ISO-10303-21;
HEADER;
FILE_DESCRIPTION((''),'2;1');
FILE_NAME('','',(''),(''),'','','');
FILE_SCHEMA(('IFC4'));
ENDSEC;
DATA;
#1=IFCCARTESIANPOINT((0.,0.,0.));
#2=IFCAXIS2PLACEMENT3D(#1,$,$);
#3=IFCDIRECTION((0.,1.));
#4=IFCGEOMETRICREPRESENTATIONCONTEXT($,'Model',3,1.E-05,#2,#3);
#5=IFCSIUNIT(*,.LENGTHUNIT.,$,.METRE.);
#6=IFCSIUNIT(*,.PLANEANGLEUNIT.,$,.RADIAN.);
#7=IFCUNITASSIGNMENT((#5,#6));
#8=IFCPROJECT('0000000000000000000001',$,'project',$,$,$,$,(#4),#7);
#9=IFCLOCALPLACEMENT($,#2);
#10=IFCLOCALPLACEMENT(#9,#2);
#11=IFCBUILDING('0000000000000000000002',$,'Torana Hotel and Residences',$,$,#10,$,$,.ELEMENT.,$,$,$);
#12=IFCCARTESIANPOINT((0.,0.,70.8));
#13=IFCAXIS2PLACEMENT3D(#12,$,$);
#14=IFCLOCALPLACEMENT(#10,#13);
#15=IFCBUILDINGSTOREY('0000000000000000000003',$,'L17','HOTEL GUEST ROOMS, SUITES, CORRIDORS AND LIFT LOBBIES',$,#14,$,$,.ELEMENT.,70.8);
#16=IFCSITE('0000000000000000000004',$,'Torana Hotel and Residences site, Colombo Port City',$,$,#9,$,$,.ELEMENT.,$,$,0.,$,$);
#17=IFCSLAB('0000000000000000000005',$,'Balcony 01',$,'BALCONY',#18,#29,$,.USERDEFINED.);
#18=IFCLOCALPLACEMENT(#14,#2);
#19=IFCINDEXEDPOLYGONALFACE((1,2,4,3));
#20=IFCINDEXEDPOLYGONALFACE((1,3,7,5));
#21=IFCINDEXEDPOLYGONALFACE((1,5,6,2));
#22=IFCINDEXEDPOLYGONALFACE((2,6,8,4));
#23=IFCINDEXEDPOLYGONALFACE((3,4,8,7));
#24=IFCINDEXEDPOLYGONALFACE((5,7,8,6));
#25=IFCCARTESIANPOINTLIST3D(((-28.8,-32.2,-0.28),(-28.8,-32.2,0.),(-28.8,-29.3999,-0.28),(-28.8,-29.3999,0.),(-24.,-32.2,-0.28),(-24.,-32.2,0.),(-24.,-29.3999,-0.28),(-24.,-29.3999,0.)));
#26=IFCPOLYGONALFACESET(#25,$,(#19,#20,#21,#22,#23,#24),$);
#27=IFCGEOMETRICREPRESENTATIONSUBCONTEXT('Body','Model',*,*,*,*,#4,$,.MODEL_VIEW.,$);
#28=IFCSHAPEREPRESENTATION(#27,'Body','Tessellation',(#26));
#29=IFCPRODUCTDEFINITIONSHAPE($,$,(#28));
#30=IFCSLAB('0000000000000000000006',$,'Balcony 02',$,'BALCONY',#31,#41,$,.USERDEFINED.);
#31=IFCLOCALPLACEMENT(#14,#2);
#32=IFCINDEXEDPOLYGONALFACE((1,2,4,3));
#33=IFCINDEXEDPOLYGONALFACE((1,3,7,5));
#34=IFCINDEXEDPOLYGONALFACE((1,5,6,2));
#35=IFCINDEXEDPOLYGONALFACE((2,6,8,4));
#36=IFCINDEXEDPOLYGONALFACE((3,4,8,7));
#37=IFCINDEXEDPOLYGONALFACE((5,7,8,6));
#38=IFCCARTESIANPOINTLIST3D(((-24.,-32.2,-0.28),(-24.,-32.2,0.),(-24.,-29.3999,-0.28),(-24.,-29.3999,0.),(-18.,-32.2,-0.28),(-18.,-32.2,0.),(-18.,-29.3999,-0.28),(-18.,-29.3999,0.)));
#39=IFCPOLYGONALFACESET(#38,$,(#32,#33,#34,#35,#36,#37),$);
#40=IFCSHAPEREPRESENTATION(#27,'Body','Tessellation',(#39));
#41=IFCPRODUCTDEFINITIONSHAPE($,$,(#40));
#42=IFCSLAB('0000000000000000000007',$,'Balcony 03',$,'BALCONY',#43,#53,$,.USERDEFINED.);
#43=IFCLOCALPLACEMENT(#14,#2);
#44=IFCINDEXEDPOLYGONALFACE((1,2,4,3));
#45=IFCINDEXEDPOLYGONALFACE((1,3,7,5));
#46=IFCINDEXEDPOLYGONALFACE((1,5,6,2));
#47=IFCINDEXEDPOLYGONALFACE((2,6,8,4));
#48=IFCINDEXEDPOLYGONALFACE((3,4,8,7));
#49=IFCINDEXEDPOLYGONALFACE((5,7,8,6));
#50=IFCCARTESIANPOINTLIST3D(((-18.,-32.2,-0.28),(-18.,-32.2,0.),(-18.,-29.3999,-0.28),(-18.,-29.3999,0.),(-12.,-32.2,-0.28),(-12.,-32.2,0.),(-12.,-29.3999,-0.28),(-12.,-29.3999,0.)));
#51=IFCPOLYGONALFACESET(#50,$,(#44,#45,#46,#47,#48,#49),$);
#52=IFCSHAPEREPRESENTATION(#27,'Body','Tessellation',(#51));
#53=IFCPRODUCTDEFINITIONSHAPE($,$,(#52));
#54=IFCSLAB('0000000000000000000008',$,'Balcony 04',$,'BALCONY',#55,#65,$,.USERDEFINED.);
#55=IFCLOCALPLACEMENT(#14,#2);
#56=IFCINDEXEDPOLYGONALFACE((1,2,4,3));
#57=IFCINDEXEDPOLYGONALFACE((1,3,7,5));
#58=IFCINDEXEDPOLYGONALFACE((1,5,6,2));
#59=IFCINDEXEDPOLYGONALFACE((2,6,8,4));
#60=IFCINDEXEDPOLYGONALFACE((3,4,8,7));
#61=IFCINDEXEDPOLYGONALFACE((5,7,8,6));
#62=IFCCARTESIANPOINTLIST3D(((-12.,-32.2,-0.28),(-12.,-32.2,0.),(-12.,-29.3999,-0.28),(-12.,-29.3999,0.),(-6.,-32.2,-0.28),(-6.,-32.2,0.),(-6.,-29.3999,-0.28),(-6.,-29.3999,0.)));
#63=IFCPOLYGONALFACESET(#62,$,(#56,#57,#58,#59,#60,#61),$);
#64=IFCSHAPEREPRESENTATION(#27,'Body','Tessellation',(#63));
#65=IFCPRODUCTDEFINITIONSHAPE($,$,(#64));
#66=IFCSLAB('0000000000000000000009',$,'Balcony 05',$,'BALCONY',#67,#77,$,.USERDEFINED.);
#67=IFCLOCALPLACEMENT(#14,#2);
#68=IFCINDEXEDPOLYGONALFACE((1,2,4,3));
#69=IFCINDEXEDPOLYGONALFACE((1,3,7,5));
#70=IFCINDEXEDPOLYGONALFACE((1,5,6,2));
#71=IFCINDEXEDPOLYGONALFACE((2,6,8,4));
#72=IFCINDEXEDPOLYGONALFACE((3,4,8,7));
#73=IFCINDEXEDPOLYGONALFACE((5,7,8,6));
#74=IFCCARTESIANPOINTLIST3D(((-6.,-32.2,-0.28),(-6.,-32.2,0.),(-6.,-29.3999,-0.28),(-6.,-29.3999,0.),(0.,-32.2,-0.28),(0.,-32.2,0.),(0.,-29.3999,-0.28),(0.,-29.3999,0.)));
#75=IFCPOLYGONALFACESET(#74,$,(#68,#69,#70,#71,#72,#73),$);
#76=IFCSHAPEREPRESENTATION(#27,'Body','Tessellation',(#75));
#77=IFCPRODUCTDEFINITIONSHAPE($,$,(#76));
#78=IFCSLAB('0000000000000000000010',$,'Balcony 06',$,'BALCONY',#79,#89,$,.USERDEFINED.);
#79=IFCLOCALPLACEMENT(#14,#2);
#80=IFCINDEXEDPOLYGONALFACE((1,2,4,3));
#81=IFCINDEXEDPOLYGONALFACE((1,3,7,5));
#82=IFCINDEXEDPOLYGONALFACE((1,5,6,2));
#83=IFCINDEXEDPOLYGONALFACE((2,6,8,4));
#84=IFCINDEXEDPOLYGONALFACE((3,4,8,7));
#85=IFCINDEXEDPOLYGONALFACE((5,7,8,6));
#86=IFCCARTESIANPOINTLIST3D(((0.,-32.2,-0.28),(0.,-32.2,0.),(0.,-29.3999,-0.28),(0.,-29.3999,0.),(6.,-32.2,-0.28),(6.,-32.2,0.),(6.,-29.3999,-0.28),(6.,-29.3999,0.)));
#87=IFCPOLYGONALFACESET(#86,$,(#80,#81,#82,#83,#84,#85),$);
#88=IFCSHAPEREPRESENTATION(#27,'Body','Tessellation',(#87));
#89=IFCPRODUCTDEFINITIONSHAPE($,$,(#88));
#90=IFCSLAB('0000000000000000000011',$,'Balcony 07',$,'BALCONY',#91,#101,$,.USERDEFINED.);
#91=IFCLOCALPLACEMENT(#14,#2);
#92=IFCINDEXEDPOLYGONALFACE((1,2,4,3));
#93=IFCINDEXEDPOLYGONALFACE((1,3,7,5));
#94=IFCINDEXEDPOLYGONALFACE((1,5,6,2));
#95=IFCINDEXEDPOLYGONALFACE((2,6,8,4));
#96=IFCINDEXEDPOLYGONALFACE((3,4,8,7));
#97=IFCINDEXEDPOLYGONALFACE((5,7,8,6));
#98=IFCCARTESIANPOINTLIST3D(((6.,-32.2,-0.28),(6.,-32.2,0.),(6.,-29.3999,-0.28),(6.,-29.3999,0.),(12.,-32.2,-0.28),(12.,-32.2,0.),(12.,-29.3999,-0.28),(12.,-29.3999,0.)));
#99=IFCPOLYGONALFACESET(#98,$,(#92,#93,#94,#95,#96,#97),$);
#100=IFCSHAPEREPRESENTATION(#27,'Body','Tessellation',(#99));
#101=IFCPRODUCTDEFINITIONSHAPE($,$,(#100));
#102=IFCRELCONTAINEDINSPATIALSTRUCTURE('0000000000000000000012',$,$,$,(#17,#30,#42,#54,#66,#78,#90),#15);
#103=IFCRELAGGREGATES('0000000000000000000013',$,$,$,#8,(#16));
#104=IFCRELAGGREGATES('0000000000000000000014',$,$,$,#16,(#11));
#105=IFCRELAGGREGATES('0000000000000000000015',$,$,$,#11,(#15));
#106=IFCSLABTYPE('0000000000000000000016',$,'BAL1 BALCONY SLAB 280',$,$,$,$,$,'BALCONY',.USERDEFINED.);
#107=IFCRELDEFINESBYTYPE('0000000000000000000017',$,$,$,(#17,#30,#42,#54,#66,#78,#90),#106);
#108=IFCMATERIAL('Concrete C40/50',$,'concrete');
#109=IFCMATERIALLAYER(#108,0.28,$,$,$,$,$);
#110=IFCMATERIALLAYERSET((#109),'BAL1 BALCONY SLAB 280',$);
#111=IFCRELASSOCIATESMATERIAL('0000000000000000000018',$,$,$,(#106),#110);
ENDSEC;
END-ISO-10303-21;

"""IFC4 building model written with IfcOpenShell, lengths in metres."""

from ifc_helpers import new_model, si_unit, direction, frame, origin, place, context, subcontext, project, spatial, polyline, outline, extrude, material, layer, layer_set, type_object, element, save


model = new_model("IFC4")

# Units and contexts
model_context = context("Model", 3, precision=1e-05, world=origin(), true_north=direction((0.0, 1.0)))
body_context = subcontext(model_context, "Body", "Model", "MODEL_VIEW")
ifc_project = project(units=[si_unit("LENGTHUNIT", "METRE"), si_unit("PLANEANGLEUNIT", "RADIAN")], contexts=[model_context])

# Site, building, storey
site_placement = place(None, origin())
site = spatial("IfcSite", under=ifc_project, at=site_placement, Name="Torana Hotel and Residences site, Colombo Port City", CompositionType="ELEMENT", RefElevation=0.0)
building_placement = place(site_placement, origin())
building = spatial("IfcBuilding", under=site, at=building_placement, Name="Torana Hotel and Residences", CompositionType="ELEMENT")
storey_placement = place(building_placement, frame((0.0, 0.0, 70.8)))
storey = spatial("IfcBuildingStorey", under=building, at=storey_placement, Name="L17", Description="HOTEL GUEST ROOMS, SUITES, CORRIDORS AND LIFT LOBBIES", CompositionType="ELEMENT", Elevation=70.8)

# Slabs
ifc_material_1 = material(Name="Concrete C40/50", Category="concrete")
ifc_layer_1 = layer(ifc_material_1, 0.28)
ifc_layer_set_1 = layer_set([ifc_layer_1], Name="BAL1 BALCONY SLAB 280")
slab_type_1 = type_object("IfcSlabType", Name="BAL1 BALCONY SLAB 280", ElementType="BALCONY", PredefinedType="USERDEFINED", material=ifc_layer_set_1)
slab_1_placement = place(storey_placement, frame((0.0, 0.0, -0.28)))
element("IfcSlab", 1, at=slab_1_placement, inside=storey, type_object=slab_type_1, Name="Balcony 01", ObjectType="BALCONY", PredefinedType="USERDEFINED", context=body_context, shape_type="SweptSolid", body=[
    extrude(outline(polyline([(-28.8, -32.2), (-24.0, -32.2), (-24.0, -29.3999), (-28.8, -29.3999), (-28.8, -32.2)])), origin(), (0.0, 0.0, 1.0), 0.28),
])
slab_2_placement = place(storey_placement, frame((0.0, 0.0, -0.28)))
element("IfcSlab", 2, at=slab_2_placement, inside=storey, type_object=slab_type_1, Name="Balcony 02", ObjectType="BALCONY", PredefinedType="USERDEFINED", context=body_context, shape_type="SweptSolid", body=[
    extrude(outline(polyline([(-24.0, -32.2), (-18.0, -32.2), (-18.0, -29.3999), (-24.0, -29.3999), (-24.0, -32.2)])), origin(), (0.0, 0.0, 1.0), 0.28),
])
slab_3_placement = place(storey_placement, frame((0.0, 0.0, -0.28)))
element("IfcSlab", 3, at=slab_3_placement, inside=storey, type_object=slab_type_1, Name="Balcony 03", ObjectType="BALCONY", PredefinedType="USERDEFINED", context=body_context, shape_type="SweptSolid", body=[
    extrude(outline(polyline([(-18.0, -32.2), (-12.0, -32.2), (-12.0, -29.3999), (-18.0, -29.3999), (-18.0, -32.2)])), origin(), (0.0, 0.0, 1.0), 0.28),
])
slab_4_placement = place(storey_placement, frame((0.0, 0.0, -0.28)))
element("IfcSlab", 4, at=slab_4_placement, inside=storey, type_object=slab_type_1, Name="Balcony 04", ObjectType="BALCONY", PredefinedType="USERDEFINED", context=body_context, shape_type="SweptSolid", body=[
    extrude(outline(polyline([(-12.0, -32.2), (-6.0, -32.2), (-6.0, -29.3999), (-12.0, -29.3999), (-12.0, -32.2)])), origin(), (0.0, 0.0, 1.0), 0.28),
])
slab_5_placement = place(storey_placement, frame((0.0, 0.0, -0.28)))
element("IfcSlab", 5, at=slab_5_placement, inside=storey, type_object=slab_type_1, Name="Balcony 05", ObjectType="BALCONY", PredefinedType="USERDEFINED", context=body_context, shape_type="SweptSolid", body=[
    extrude(outline(polyline([(-6.0, -32.2), (0.0, -32.2), (0.0, -29.3999), (-6.0, -29.3999), (-6.0, -32.2)])), origin(), (0.0, 0.0, 1.0), 0.28),
])
slab_6_placement = place(storey_placement, frame((0.0, 0.0, -0.28)))
element("IfcSlab", 6, at=slab_6_placement, inside=storey, type_object=slab_type_1, Name="Balcony 06", ObjectType="BALCONY", PredefinedType="USERDEFINED", context=body_context, shape_type="SweptSolid", body=[
    extrude(outline(polyline([(0.0, -32.2), (6.0, -32.2), (6.0, -29.3999), (0.0, -29.3999), (0.0, -32.2)])), origin(), (0.0, 0.0, 1.0), 0.28),
])
slab_7_placement = place(storey_placement, frame((0.0, 0.0, -0.28)))
element("IfcSlab", 7, at=slab_7_placement, inside=storey, type_object=slab_type_1, Name="Balcony 07", ObjectType="BALCONY", PredefinedType="USERDEFINED", context=body_context, shape_type="SweptSolid", body=[
    extrude(outline(polyline([(6.0, -32.2), (12.0, -32.2), (12.0, -29.3999), (6.0, -29.3999), (6.0, -32.2)])), origin(), (0.0, 0.0, 1.0), 0.28),
])

save(model, "model.ifc")
